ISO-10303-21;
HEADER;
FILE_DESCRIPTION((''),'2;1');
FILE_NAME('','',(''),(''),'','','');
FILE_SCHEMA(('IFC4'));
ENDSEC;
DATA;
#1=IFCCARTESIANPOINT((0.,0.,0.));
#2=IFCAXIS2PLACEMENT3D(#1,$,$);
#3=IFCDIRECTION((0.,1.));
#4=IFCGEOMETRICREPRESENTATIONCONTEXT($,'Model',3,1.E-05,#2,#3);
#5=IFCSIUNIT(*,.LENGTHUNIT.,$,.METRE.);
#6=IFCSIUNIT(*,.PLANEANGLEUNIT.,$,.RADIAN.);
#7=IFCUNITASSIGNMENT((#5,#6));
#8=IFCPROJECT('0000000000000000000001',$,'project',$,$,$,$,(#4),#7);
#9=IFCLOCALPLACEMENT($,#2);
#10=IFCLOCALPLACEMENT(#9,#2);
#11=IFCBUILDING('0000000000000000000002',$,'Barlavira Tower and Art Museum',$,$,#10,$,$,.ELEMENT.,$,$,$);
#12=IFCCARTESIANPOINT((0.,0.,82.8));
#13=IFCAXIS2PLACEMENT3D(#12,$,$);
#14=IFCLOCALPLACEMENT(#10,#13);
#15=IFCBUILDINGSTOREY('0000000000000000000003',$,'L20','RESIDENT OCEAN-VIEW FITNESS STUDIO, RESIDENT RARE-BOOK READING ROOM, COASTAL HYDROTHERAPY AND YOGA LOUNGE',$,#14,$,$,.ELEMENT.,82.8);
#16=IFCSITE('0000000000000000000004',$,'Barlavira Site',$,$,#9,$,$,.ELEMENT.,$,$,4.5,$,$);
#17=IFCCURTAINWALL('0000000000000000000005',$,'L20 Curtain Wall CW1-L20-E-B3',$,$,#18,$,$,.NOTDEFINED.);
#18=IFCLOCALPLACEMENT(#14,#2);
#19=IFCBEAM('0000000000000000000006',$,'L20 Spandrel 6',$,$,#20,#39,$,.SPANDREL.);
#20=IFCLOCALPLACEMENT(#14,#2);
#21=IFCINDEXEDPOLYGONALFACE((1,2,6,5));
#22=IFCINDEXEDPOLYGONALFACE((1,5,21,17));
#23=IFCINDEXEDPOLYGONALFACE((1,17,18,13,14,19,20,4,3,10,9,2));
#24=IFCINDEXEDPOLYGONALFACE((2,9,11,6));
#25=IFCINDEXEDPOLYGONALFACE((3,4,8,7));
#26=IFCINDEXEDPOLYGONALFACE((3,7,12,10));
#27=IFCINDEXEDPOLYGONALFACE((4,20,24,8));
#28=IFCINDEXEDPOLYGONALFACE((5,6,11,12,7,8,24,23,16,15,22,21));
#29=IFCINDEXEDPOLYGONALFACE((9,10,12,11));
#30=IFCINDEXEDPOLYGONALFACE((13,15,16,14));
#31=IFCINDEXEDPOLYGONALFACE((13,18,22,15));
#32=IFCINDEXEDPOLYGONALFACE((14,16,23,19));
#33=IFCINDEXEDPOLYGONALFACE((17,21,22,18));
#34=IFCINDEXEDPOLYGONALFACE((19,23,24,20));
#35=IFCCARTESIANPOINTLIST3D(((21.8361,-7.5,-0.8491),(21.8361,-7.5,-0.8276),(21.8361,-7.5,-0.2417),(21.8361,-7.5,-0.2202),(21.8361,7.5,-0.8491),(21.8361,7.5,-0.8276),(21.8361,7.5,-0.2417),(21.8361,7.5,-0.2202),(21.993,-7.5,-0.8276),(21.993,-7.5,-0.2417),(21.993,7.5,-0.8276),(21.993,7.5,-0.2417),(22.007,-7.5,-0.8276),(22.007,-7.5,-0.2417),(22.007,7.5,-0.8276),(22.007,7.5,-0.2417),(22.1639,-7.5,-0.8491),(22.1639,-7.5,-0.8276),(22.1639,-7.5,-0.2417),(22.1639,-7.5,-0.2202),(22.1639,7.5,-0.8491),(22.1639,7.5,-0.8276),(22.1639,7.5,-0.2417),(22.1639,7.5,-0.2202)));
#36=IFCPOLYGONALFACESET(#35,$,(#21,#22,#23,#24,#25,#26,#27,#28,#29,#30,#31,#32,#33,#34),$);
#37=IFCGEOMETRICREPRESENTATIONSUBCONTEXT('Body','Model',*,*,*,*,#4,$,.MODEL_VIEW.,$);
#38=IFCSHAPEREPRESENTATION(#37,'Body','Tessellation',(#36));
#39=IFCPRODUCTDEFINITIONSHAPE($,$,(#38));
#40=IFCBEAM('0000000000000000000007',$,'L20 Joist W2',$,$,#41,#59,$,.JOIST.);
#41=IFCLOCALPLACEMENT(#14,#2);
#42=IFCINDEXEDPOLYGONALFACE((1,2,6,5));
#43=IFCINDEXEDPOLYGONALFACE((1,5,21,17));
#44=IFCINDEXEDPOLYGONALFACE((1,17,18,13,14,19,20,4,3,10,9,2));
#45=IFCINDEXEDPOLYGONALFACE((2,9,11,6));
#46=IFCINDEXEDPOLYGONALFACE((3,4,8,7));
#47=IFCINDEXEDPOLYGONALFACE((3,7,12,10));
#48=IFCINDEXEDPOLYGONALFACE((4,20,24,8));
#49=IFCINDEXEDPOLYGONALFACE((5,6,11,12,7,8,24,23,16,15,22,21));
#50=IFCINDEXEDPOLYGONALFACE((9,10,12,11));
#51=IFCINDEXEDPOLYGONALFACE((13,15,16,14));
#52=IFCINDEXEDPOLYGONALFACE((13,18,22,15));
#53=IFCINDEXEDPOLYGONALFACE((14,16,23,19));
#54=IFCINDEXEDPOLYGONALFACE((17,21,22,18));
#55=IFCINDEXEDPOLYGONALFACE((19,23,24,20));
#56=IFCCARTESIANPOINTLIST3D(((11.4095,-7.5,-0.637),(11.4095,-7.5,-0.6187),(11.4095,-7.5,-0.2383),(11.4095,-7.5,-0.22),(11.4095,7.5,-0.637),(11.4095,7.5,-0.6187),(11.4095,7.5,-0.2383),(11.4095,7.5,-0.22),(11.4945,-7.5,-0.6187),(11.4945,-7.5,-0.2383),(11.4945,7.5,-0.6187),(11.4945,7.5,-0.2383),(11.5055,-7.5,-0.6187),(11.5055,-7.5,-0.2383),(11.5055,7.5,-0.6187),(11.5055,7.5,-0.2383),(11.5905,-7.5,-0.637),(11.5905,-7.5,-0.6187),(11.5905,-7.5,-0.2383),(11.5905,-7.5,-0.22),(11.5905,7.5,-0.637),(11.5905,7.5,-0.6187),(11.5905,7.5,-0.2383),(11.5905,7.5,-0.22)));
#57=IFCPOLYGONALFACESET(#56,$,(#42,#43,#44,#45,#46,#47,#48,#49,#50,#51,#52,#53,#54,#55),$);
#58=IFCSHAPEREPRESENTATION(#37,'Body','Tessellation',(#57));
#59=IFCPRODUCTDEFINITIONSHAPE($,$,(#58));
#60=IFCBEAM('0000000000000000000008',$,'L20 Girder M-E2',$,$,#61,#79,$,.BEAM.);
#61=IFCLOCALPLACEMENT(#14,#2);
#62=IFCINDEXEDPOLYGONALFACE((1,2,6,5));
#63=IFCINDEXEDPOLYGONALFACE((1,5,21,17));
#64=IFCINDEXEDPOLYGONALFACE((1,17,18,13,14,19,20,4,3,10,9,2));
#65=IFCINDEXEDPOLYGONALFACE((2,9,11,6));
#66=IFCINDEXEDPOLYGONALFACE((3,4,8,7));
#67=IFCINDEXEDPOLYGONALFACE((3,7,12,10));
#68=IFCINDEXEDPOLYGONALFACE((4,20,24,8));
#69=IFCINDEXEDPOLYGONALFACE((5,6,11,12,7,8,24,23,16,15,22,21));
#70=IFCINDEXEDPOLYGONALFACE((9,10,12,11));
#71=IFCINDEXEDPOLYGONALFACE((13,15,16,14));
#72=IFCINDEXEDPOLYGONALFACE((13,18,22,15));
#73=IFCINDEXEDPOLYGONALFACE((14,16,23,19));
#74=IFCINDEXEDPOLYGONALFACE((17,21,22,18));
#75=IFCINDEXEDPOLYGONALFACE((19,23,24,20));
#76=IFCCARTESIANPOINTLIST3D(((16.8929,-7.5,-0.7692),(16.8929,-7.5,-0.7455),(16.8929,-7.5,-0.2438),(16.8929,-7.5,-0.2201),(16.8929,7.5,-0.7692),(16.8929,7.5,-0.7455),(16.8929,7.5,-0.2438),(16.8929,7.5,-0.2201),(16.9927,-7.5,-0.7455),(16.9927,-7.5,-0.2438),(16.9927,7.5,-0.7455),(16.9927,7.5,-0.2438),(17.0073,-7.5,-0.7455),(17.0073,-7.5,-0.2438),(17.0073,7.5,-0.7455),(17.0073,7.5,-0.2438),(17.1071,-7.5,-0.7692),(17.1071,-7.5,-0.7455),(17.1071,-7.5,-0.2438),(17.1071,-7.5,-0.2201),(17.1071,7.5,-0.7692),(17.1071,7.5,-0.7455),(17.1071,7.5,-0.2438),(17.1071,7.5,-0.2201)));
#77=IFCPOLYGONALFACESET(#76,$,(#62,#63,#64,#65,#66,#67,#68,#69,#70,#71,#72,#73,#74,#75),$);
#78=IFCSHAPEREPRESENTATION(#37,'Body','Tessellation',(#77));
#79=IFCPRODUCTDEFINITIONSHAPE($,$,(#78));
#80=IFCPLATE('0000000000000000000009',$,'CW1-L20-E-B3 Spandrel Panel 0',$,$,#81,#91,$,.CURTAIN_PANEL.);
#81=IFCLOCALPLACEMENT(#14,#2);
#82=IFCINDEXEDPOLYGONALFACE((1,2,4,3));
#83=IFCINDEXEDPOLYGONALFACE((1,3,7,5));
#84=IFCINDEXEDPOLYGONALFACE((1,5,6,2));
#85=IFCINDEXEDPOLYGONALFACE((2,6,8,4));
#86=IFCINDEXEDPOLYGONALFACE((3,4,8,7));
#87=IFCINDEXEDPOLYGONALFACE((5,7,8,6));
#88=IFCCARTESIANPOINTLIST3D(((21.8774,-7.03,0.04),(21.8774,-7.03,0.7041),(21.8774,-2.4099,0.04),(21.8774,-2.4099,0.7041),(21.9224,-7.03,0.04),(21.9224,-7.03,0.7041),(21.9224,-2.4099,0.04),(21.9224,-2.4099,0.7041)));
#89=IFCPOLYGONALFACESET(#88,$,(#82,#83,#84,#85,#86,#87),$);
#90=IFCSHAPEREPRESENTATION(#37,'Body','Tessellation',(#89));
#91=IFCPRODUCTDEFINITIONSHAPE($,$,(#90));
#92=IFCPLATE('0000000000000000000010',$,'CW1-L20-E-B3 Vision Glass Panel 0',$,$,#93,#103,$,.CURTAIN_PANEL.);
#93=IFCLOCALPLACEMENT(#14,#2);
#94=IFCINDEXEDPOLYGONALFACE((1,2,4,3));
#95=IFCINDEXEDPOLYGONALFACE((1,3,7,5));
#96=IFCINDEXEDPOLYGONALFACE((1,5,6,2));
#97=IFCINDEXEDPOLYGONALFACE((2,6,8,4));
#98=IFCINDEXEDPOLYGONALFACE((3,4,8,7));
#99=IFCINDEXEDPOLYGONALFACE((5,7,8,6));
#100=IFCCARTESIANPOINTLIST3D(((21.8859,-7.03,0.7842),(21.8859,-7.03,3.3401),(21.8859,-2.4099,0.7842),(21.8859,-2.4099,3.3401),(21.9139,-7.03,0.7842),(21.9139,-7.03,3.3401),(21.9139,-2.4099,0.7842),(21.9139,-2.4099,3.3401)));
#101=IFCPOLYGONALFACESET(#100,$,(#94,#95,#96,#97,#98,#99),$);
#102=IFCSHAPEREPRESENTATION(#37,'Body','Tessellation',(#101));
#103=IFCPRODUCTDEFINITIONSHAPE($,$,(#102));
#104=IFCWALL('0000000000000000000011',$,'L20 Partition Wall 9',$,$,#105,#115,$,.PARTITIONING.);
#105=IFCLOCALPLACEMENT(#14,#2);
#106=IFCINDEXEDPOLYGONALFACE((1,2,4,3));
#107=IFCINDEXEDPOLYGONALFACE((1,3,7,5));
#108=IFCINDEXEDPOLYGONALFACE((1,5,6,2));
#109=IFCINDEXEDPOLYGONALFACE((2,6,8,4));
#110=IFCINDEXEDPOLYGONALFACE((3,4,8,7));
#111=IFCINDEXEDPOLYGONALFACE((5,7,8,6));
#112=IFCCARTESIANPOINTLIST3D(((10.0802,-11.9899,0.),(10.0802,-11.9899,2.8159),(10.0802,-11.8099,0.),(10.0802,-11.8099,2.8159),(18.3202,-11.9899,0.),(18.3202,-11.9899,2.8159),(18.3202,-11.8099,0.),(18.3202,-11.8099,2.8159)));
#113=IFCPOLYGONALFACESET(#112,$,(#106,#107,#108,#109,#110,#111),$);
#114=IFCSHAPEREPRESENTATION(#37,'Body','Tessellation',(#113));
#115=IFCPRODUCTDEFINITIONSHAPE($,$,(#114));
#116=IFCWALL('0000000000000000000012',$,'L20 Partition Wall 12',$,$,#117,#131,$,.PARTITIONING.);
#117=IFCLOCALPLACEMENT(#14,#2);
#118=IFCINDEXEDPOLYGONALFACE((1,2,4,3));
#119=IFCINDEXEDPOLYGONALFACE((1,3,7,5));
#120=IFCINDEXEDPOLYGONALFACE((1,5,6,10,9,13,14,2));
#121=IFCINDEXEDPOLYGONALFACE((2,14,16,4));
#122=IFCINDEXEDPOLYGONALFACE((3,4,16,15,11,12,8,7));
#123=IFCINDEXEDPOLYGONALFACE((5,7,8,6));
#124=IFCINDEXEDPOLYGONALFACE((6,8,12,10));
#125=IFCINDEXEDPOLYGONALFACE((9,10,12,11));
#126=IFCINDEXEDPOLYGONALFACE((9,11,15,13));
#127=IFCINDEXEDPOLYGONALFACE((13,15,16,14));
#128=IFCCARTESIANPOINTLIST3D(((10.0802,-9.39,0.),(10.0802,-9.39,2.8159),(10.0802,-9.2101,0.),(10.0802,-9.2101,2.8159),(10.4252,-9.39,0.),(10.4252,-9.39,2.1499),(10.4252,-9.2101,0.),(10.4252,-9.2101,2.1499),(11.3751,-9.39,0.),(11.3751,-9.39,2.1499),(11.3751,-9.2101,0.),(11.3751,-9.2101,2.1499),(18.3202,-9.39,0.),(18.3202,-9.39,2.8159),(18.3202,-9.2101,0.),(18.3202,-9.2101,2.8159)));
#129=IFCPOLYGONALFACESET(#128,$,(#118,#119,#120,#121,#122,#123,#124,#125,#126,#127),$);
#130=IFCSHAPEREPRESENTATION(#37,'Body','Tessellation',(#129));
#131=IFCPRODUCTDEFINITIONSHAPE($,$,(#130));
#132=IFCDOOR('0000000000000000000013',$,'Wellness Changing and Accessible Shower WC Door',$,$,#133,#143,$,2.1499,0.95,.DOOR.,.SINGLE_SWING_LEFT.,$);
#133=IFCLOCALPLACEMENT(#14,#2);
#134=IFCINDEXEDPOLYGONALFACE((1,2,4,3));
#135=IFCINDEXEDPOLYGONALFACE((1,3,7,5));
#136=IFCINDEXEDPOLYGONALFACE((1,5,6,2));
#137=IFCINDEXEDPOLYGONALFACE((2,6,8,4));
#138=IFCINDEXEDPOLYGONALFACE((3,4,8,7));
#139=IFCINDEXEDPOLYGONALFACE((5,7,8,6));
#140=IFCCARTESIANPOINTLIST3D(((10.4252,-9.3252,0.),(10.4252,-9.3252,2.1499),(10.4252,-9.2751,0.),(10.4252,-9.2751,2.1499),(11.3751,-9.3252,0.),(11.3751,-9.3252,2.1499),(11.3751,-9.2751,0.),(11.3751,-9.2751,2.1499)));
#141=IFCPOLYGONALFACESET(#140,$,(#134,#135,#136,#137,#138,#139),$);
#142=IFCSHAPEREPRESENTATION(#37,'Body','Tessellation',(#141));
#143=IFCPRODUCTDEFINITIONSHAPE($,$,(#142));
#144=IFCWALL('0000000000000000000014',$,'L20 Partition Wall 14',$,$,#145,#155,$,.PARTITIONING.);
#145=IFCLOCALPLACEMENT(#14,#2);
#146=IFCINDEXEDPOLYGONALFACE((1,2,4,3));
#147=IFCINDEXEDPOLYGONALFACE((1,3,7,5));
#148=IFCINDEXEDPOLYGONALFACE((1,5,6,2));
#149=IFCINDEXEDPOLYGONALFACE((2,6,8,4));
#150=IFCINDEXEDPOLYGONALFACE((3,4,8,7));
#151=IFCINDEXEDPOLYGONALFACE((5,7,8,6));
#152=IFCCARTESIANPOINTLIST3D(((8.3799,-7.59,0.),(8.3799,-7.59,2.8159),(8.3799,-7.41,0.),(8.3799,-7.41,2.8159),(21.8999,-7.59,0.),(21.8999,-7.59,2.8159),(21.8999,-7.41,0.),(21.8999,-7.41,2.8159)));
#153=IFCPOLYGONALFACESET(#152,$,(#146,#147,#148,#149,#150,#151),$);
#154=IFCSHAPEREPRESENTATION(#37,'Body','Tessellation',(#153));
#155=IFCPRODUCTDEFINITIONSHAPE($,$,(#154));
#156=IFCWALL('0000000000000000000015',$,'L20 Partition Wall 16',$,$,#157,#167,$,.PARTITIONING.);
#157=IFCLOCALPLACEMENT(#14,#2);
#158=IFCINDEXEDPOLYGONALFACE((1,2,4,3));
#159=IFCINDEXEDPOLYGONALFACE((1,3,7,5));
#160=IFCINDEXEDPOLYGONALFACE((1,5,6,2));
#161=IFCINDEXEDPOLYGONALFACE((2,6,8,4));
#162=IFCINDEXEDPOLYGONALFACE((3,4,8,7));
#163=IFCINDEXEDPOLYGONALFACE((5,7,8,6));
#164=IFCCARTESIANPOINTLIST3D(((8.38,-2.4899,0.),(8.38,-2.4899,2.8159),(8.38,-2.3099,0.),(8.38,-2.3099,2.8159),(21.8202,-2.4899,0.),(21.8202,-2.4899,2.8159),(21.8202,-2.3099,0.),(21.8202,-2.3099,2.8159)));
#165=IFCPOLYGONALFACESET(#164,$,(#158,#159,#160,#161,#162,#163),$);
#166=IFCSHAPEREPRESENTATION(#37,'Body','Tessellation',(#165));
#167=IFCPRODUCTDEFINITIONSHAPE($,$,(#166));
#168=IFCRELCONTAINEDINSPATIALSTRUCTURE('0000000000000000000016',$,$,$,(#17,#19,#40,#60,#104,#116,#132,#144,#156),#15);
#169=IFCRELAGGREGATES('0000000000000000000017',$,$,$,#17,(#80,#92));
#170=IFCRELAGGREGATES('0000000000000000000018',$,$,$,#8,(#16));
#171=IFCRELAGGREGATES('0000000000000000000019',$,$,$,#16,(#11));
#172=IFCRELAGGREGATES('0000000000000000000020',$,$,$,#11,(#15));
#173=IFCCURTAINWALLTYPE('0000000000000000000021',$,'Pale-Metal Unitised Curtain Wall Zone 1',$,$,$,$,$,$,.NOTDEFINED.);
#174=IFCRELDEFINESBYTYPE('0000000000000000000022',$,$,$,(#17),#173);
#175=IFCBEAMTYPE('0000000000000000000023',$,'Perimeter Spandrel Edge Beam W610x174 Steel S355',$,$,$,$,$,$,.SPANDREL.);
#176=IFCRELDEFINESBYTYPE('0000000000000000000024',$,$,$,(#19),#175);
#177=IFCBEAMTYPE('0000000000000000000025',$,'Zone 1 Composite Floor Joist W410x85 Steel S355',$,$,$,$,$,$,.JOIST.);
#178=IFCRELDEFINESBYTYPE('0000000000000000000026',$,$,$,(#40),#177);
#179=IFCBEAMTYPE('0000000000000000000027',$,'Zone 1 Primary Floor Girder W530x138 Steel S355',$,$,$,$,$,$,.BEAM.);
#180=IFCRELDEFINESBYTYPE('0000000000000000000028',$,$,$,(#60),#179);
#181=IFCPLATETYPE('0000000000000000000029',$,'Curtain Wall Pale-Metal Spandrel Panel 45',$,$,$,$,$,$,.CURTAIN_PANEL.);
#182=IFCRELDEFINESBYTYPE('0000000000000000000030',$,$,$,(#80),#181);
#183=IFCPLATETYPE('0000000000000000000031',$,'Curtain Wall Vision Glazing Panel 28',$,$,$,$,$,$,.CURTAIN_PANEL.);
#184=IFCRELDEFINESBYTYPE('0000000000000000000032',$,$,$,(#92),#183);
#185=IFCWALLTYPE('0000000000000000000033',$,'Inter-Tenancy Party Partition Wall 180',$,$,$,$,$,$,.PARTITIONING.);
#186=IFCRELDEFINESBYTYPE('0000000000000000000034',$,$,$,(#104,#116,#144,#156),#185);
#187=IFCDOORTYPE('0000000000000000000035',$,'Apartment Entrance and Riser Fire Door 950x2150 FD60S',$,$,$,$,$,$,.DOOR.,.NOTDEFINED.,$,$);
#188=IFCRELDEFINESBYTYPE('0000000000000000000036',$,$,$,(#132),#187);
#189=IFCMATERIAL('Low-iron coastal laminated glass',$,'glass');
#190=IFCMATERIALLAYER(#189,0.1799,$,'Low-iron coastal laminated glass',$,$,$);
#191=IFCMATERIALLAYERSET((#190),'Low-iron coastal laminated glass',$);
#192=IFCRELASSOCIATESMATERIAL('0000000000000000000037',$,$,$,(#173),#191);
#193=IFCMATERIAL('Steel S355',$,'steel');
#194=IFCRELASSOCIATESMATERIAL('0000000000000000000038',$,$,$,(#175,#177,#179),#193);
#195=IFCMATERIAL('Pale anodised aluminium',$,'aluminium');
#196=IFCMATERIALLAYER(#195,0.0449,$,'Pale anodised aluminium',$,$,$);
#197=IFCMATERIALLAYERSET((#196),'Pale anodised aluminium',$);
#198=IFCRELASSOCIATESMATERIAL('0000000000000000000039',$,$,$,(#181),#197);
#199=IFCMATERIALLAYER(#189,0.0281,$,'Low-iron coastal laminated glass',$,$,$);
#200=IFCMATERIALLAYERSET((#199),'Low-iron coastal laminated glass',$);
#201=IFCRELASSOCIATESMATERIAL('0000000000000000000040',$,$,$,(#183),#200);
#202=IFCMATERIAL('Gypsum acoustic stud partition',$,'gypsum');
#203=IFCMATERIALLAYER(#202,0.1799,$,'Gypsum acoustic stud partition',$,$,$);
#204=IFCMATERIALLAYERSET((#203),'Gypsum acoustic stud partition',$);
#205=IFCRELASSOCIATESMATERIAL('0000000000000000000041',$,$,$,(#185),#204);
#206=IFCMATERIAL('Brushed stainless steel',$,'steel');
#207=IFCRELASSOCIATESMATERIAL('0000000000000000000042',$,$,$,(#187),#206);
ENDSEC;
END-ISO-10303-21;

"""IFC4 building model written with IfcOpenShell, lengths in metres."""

from ifc_helpers import new_model, si_unit, direction, frame, frame_2d, origin, origin_2d, place, context, subcontext, project, spatial, rectangle, i_section, extrude, material, layer, layer_set, material_profile, profile_set, type_object, element, fill, aggregate, save


model = new_model("IFC4")

# Units and contexts
model_context = context("Model", 3, precision=1e-05, world=origin(), true_north=direction((0.0, 1.0)))
body_context = subcontext(model_context, "Body", "Model", "MODEL_VIEW")
ifc_project = project(units=[si_unit("LENGTHUNIT", "METRE"), si_unit("PLANEANGLEUNIT", "RADIAN")], contexts=[model_context])

# Site, building, storey
site_placement = place(None, origin())
site = spatial("IfcSite", under=ifc_project, at=site_placement, Name="Barlavira Site", CompositionType="ELEMENT", RefElevation=4.5)
building_placement = place(site_placement, origin())
building = spatial("IfcBuilding", under=site, at=building_placement, Name="Barlavira Tower and Art Museum", CompositionType="ELEMENT")
storey_placement = place(building_placement, frame((0.0, 0.0, 82.8)))
storey = spatial("IfcBuildingStorey", under=building, at=storey_placement, Name="L20", Description="RESIDENT OCEAN-VIEW FITNESS STUDIO, RESIDENT RARE-BOOK READING ROOM, COASTAL HYDROTHERAPY AND YOGA LOUNGE", CompositionType="ELEMENT", Elevation=82.8)

# Curtain wall
ifc_material_1 = material(Name="Low-iron coastal laminated glass", Category="glass")
ifc_layer_1 = layer(ifc_material_1, 0.1799, Name="Low-iron coastal laminated glass")
ifc_layer_set_1 = layer_set([ifc_layer_1], Name="Low-iron coastal laminated glass")
curtain_wall_type = type_object("IfcCurtainWallType", Name="Pale-Metal Unitised Curtain Wall Zone 1", PredefinedType="NOTDEFINED", material=ifc_layer_set_1)
curtain_wall_placement = place(storey_placement, origin())
curtain_wall = element("IfcCurtainWall", 1, at=curtain_wall_placement, inside=storey, type_object=curtain_wall_type, Name="L20 Curtain Wall CW1-L20-E-B3", PredefinedType="NOTDEFINED")
ifc_material_2 = material(Name="Pale anodised aluminium", Category="aluminium")

# Beams
ifc_material_3 = material(Name="Steel S355", Category="steel")
ifc_material_profile_1 = material_profile(ifc_material_3, i_section(OverallWidth=0.3279, OverallDepth=0.6289, WebThickness=0.0139, FlangeThickness=0.0215, at=origin_2d()), Name="W610x174.0")
ifc_profile_set_1 = profile_set([ifc_material_profile_1], Name="Steel S355")
beam_type_1 = type_object("IfcBeamType", Name="Perimeter Spandrel Edge Beam W610x174 Steel S355", PredefinedType="SPANDREL", material=ifc_profile_set_1)
beam_1_placement = place(storey_placement, frame((22.0, -7.5, -0.5347), z_axis=(0.0, 1.0, 0.0), x_axis=(-1.0, 0.0, 0.0)))
element("IfcBeam", 2, at=beam_1_placement, inside=storey, type_object=beam_type_1, Name="L20 Spandrel 6", PredefinedType="SPANDREL", context=body_context, shape_type="SweptSolid", body=[
    extrude(i_section(OverallWidth=0.3279, OverallDepth=0.6289, WebThickness=0.0139, FlangeThickness=0.0215, at=origin_2d()), origin(), (0.0, 0.0, 1.0), 15.0),
])
ifc_material_profile_2 = material_profile(ifc_material_3, i_section(OverallWidth=0.1809, OverallDepth=0.417, WebThickness=0.011, FlangeThickness=0.0183, at=origin_2d()), Name="W410x85.0")
ifc_profile_set_2 = profile_set([ifc_material_profile_2], Name="Steel S355")
beam_type_2 = type_object("IfcBeamType", Name="Zone 1 Composite Floor Joist W410x85 Steel S355", PredefinedType="JOIST", material=ifc_profile_set_2)
beam_2_placement = place(storey_placement, frame((11.5, -7.5, -0.4285), z_axis=(0.0, 1.0, 0.0), x_axis=(-1.0, 0.0, 0.0)))
element("IfcBeam", 3, at=beam_2_placement, inside=storey, type_object=beam_type_2, Name="L20 Joist W2", PredefinedType="JOIST", context=body_context, shape_type="SweptSolid", body=[
    extrude(i_section(OverallWidth=0.1809, OverallDepth=0.417, WebThickness=0.011, FlangeThickness=0.0183, at=origin_2d()), origin(), (0.0, 0.0, 1.0), 15.0),
])
ifc_material_profile_3 = material_profile(ifc_material_3, i_section(OverallWidth=0.2141, OverallDepth=0.5491, WebThickness=0.0146, FlangeThickness=0.0237, at=origin_2d()), Name="W530x138.0")
ifc_profile_set_3 = profile_set([ifc_material_profile_3], Name="Steel S355")
beam_type_3 = type_object("IfcBeamType", Name="Zone 1 Primary Floor Girder W530x138 Steel S355", PredefinedType="BEAM", material=ifc_profile_set_3)
beam_3_placement = place(storey_placement, frame((17.0, -7.5, -0.4946), z_axis=(0.0, 1.0, 0.0), x_axis=(-1.0, 0.0, 0.0)))
element("IfcBeam", 4, at=beam_3_placement, inside=storey, type_object=beam_type_3, Name="L20 Girder M-E2", PredefinedType="BEAM", context=body_context, shape_type="SweptSolid", body=[
    extrude(i_section(OverallWidth=0.2141, OverallDepth=0.5491, WebThickness=0.0146, FlangeThickness=0.0237, at=origin_2d()), origin(), (0.0, 0.0, 1.0), 15.0),
])

# Plates
ifc_layer_2 = layer(ifc_material_2, 0.0449, Name="Pale anodised aluminium")
ifc_layer_set_2 = layer_set([ifc_layer_2], Name="Pale anodised aluminium")
plate_type_1 = type_object("IfcPlateType", Name="Curtain Wall Pale-Metal Spandrel Panel 45", PredefinedType="CURTAIN_PANEL", material=ifc_layer_set_2)
plate_1_placement = place(storey_placement, frame((21.8999, -4.72, 0.04), z_axis=(0.0, 0.0, 1.0), x_axis=(0.0, 1.0, 0.0)))
plate_1 = element("IfcPlate", 5, at=plate_1_placement, type_object=plate_type_1, Name="CW1-L20-E-B3 Spandrel Panel 0", PredefinedType="CURTAIN_PANEL", context=body_context, shape_type="SweptSolid", body=[
    extrude(rectangle(XDim=4.6201, YDim=0.0449, at=origin_2d()), origin(), (0.0, 0.0, 1.0), 0.6641),
])
ifc_layer_3 = layer(ifc_material_1, 0.0281, Name="Low-iron coastal laminated glass")
ifc_layer_set_3 = layer_set([ifc_layer_3], Name="Low-iron coastal laminated glass")
plate_type_2 = type_object("IfcPlateType", Name="Curtain Wall Vision Glazing Panel 28", PredefinedType="CURTAIN_PANEL", material=ifc_layer_set_3)
plate_2_placement = place(storey_placement, frame((21.8999, -4.72, 0.7842), z_axis=(0.0, 0.0, 1.0), x_axis=(0.0, 1.0, 0.0)))
plate_2 = element("IfcPlate", 6, at=plate_2_placement, type_object=plate_type_2, Name="CW1-L20-E-B3 Vision Glass Panel 0", PredefinedType="CURTAIN_PANEL", context=body_context, shape_type="SweptSolid", body=[
    extrude(rectangle(XDim=4.6201, YDim=0.0281, at=origin_2d()), origin(), (0.0, 0.0, 1.0), 2.5559),
])
aggregate(curtain_wall, [plate_1, plate_2])

# Wall
ifc_material_4 = material(Name="Gypsum acoustic stud partition", Category="gypsum")
ifc_layer_4 = layer(ifc_material_4, 0.1799, Name="Gypsum acoustic stud partition")
ifc_layer_set_4 = layer_set([ifc_layer_4], Name="Gypsum acoustic stud partition")
wall_type = type_object("IfcWallType", Name="Inter-Tenancy Party Partition Wall 180", PredefinedType="PARTITIONING", material=ifc_layer_set_4)
wall_1_placement = place(storey_placement, frame((10.0801, -11.8999, 0.0), z_axis=(0.0, 0.0, 1.0), x_axis=(1.0, 0.0, 0.0)))
element("IfcWall", 7, at=wall_1_placement, inside=storey, type_object=wall_type, Name="L20 Partition Wall 9", PredefinedType="PARTITIONING", context=body_context, shape_type="SweptSolid", body=[
    extrude(rectangle(XDim=8.24, YDim=0.1799, at=frame_2d((4.1201, 0.0))), origin(), (0.0, 0.0, 1.0), 2.8159),
])

# Wall, opening, door
wall_2_placement = place(storey_placement, frame((10.0801, -9.3, 0.0), z_axis=(0.0, 0.0, 1.0), x_axis=(1.0, 0.0, 0.0)))
wall_2 = element("IfcWall", 8, at=wall_2_placement, inside=storey, type_object=wall_type, Name="L20 Partition Wall 12", PredefinedType="PARTITIONING", context=body_context, shape_type="SweptSolid", body=[
    extrude(rectangle(XDim=8.24, YDim=0.1799, at=frame_2d((4.1201, 0.0))), origin(), (0.0, 0.0, 1.0), 2.8159),
])
opening_placement = place(wall_2_placement, frame((0.345, 0.0, 0.0)))
opening = element("IfcOpeningElement", 9, at=opening_placement, cuts=wall_2, PredefinedType="OPENING", context=body_context, shape_type="SweptSolid", body=[
    extrude(rectangle(XDim=0.95, YDim=2.1499, at=frame_2d((0.4751, 1.075))), frame((0.0, 0.1001, 0.0), z_axis=(0.0, -1.0, 0.0), x_axis=(1.0, 0.0, 0.0)), (0.0, 0.0, 1.0), 0.2),
])
ifc_material_5 = material(Name="Brushed stainless steel", Category="steel")
door_type = type_object("IfcDoorType", Name="Apartment Entrance and Riser Fire Door 950x2150 FD60S", OperationType="NOTDEFINED", PredefinedType="DOOR", material=ifc_material_5)
door_placement = place(opening_placement, origin())
door = element("IfcDoor", 10, at=door_placement, inside=storey, type_object=door_type, Name="Wellness Changing and Accessible Shower WC Door", OperationType="SINGLE_SWING_LEFT", OverallHeight=2.1499, OverallWidth=0.95, PredefinedType="DOOR", context=body_context, shape_type="SweptSolid", body=[
    extrude(rectangle(XDim=0.95, YDim=2.1499, at=frame_2d((0.4751, 1.075))), frame((0.0, 0.0249, 0.0), z_axis=(0.0, -1.0, 0.0), x_axis=(1.0, 0.0, 0.0)), (0.0, 0.0, 1.0), 0.05),
])
fill(opening, door)

# Walls
wall_3_placement = place(storey_placement, frame((8.3799, -7.5, 0.0), z_axis=(0.0, 0.0, 1.0), x_axis=(1.0, 0.0, 0.0)))
element("IfcWall", 11, at=wall_3_placement, inside=storey, type_object=wall_type, Name="L20 Partition Wall 14", PredefinedType="PARTITIONING", context=body_context, shape_type="SweptSolid", body=[
    extrude(rectangle(XDim=13.52, YDim=0.1799, at=frame_2d((6.76, 0.0))), origin(), (0.0, 0.0, 1.0), 2.8159),
])
wall_4_placement = place(storey_placement, frame((8.3799, -2.3999, 0.0), z_axis=(0.0, 0.0, 1.0), x_axis=(1.0, 0.0, 0.0)))
element("IfcWall", 12, at=wall_4_placement, inside=storey, type_object=wall_type, Name="L20 Partition Wall 16", PredefinedType="PARTITIONING", context=body_context, shape_type="SweptSolid", body=[
    extrude(rectangle(XDim=13.4402, YDim=0.1799, at=frame_2d((6.7202, 0.0))), origin(), (0.0, 0.0, 1.0), 2.8159),
])

save(model, "model.ifc")
